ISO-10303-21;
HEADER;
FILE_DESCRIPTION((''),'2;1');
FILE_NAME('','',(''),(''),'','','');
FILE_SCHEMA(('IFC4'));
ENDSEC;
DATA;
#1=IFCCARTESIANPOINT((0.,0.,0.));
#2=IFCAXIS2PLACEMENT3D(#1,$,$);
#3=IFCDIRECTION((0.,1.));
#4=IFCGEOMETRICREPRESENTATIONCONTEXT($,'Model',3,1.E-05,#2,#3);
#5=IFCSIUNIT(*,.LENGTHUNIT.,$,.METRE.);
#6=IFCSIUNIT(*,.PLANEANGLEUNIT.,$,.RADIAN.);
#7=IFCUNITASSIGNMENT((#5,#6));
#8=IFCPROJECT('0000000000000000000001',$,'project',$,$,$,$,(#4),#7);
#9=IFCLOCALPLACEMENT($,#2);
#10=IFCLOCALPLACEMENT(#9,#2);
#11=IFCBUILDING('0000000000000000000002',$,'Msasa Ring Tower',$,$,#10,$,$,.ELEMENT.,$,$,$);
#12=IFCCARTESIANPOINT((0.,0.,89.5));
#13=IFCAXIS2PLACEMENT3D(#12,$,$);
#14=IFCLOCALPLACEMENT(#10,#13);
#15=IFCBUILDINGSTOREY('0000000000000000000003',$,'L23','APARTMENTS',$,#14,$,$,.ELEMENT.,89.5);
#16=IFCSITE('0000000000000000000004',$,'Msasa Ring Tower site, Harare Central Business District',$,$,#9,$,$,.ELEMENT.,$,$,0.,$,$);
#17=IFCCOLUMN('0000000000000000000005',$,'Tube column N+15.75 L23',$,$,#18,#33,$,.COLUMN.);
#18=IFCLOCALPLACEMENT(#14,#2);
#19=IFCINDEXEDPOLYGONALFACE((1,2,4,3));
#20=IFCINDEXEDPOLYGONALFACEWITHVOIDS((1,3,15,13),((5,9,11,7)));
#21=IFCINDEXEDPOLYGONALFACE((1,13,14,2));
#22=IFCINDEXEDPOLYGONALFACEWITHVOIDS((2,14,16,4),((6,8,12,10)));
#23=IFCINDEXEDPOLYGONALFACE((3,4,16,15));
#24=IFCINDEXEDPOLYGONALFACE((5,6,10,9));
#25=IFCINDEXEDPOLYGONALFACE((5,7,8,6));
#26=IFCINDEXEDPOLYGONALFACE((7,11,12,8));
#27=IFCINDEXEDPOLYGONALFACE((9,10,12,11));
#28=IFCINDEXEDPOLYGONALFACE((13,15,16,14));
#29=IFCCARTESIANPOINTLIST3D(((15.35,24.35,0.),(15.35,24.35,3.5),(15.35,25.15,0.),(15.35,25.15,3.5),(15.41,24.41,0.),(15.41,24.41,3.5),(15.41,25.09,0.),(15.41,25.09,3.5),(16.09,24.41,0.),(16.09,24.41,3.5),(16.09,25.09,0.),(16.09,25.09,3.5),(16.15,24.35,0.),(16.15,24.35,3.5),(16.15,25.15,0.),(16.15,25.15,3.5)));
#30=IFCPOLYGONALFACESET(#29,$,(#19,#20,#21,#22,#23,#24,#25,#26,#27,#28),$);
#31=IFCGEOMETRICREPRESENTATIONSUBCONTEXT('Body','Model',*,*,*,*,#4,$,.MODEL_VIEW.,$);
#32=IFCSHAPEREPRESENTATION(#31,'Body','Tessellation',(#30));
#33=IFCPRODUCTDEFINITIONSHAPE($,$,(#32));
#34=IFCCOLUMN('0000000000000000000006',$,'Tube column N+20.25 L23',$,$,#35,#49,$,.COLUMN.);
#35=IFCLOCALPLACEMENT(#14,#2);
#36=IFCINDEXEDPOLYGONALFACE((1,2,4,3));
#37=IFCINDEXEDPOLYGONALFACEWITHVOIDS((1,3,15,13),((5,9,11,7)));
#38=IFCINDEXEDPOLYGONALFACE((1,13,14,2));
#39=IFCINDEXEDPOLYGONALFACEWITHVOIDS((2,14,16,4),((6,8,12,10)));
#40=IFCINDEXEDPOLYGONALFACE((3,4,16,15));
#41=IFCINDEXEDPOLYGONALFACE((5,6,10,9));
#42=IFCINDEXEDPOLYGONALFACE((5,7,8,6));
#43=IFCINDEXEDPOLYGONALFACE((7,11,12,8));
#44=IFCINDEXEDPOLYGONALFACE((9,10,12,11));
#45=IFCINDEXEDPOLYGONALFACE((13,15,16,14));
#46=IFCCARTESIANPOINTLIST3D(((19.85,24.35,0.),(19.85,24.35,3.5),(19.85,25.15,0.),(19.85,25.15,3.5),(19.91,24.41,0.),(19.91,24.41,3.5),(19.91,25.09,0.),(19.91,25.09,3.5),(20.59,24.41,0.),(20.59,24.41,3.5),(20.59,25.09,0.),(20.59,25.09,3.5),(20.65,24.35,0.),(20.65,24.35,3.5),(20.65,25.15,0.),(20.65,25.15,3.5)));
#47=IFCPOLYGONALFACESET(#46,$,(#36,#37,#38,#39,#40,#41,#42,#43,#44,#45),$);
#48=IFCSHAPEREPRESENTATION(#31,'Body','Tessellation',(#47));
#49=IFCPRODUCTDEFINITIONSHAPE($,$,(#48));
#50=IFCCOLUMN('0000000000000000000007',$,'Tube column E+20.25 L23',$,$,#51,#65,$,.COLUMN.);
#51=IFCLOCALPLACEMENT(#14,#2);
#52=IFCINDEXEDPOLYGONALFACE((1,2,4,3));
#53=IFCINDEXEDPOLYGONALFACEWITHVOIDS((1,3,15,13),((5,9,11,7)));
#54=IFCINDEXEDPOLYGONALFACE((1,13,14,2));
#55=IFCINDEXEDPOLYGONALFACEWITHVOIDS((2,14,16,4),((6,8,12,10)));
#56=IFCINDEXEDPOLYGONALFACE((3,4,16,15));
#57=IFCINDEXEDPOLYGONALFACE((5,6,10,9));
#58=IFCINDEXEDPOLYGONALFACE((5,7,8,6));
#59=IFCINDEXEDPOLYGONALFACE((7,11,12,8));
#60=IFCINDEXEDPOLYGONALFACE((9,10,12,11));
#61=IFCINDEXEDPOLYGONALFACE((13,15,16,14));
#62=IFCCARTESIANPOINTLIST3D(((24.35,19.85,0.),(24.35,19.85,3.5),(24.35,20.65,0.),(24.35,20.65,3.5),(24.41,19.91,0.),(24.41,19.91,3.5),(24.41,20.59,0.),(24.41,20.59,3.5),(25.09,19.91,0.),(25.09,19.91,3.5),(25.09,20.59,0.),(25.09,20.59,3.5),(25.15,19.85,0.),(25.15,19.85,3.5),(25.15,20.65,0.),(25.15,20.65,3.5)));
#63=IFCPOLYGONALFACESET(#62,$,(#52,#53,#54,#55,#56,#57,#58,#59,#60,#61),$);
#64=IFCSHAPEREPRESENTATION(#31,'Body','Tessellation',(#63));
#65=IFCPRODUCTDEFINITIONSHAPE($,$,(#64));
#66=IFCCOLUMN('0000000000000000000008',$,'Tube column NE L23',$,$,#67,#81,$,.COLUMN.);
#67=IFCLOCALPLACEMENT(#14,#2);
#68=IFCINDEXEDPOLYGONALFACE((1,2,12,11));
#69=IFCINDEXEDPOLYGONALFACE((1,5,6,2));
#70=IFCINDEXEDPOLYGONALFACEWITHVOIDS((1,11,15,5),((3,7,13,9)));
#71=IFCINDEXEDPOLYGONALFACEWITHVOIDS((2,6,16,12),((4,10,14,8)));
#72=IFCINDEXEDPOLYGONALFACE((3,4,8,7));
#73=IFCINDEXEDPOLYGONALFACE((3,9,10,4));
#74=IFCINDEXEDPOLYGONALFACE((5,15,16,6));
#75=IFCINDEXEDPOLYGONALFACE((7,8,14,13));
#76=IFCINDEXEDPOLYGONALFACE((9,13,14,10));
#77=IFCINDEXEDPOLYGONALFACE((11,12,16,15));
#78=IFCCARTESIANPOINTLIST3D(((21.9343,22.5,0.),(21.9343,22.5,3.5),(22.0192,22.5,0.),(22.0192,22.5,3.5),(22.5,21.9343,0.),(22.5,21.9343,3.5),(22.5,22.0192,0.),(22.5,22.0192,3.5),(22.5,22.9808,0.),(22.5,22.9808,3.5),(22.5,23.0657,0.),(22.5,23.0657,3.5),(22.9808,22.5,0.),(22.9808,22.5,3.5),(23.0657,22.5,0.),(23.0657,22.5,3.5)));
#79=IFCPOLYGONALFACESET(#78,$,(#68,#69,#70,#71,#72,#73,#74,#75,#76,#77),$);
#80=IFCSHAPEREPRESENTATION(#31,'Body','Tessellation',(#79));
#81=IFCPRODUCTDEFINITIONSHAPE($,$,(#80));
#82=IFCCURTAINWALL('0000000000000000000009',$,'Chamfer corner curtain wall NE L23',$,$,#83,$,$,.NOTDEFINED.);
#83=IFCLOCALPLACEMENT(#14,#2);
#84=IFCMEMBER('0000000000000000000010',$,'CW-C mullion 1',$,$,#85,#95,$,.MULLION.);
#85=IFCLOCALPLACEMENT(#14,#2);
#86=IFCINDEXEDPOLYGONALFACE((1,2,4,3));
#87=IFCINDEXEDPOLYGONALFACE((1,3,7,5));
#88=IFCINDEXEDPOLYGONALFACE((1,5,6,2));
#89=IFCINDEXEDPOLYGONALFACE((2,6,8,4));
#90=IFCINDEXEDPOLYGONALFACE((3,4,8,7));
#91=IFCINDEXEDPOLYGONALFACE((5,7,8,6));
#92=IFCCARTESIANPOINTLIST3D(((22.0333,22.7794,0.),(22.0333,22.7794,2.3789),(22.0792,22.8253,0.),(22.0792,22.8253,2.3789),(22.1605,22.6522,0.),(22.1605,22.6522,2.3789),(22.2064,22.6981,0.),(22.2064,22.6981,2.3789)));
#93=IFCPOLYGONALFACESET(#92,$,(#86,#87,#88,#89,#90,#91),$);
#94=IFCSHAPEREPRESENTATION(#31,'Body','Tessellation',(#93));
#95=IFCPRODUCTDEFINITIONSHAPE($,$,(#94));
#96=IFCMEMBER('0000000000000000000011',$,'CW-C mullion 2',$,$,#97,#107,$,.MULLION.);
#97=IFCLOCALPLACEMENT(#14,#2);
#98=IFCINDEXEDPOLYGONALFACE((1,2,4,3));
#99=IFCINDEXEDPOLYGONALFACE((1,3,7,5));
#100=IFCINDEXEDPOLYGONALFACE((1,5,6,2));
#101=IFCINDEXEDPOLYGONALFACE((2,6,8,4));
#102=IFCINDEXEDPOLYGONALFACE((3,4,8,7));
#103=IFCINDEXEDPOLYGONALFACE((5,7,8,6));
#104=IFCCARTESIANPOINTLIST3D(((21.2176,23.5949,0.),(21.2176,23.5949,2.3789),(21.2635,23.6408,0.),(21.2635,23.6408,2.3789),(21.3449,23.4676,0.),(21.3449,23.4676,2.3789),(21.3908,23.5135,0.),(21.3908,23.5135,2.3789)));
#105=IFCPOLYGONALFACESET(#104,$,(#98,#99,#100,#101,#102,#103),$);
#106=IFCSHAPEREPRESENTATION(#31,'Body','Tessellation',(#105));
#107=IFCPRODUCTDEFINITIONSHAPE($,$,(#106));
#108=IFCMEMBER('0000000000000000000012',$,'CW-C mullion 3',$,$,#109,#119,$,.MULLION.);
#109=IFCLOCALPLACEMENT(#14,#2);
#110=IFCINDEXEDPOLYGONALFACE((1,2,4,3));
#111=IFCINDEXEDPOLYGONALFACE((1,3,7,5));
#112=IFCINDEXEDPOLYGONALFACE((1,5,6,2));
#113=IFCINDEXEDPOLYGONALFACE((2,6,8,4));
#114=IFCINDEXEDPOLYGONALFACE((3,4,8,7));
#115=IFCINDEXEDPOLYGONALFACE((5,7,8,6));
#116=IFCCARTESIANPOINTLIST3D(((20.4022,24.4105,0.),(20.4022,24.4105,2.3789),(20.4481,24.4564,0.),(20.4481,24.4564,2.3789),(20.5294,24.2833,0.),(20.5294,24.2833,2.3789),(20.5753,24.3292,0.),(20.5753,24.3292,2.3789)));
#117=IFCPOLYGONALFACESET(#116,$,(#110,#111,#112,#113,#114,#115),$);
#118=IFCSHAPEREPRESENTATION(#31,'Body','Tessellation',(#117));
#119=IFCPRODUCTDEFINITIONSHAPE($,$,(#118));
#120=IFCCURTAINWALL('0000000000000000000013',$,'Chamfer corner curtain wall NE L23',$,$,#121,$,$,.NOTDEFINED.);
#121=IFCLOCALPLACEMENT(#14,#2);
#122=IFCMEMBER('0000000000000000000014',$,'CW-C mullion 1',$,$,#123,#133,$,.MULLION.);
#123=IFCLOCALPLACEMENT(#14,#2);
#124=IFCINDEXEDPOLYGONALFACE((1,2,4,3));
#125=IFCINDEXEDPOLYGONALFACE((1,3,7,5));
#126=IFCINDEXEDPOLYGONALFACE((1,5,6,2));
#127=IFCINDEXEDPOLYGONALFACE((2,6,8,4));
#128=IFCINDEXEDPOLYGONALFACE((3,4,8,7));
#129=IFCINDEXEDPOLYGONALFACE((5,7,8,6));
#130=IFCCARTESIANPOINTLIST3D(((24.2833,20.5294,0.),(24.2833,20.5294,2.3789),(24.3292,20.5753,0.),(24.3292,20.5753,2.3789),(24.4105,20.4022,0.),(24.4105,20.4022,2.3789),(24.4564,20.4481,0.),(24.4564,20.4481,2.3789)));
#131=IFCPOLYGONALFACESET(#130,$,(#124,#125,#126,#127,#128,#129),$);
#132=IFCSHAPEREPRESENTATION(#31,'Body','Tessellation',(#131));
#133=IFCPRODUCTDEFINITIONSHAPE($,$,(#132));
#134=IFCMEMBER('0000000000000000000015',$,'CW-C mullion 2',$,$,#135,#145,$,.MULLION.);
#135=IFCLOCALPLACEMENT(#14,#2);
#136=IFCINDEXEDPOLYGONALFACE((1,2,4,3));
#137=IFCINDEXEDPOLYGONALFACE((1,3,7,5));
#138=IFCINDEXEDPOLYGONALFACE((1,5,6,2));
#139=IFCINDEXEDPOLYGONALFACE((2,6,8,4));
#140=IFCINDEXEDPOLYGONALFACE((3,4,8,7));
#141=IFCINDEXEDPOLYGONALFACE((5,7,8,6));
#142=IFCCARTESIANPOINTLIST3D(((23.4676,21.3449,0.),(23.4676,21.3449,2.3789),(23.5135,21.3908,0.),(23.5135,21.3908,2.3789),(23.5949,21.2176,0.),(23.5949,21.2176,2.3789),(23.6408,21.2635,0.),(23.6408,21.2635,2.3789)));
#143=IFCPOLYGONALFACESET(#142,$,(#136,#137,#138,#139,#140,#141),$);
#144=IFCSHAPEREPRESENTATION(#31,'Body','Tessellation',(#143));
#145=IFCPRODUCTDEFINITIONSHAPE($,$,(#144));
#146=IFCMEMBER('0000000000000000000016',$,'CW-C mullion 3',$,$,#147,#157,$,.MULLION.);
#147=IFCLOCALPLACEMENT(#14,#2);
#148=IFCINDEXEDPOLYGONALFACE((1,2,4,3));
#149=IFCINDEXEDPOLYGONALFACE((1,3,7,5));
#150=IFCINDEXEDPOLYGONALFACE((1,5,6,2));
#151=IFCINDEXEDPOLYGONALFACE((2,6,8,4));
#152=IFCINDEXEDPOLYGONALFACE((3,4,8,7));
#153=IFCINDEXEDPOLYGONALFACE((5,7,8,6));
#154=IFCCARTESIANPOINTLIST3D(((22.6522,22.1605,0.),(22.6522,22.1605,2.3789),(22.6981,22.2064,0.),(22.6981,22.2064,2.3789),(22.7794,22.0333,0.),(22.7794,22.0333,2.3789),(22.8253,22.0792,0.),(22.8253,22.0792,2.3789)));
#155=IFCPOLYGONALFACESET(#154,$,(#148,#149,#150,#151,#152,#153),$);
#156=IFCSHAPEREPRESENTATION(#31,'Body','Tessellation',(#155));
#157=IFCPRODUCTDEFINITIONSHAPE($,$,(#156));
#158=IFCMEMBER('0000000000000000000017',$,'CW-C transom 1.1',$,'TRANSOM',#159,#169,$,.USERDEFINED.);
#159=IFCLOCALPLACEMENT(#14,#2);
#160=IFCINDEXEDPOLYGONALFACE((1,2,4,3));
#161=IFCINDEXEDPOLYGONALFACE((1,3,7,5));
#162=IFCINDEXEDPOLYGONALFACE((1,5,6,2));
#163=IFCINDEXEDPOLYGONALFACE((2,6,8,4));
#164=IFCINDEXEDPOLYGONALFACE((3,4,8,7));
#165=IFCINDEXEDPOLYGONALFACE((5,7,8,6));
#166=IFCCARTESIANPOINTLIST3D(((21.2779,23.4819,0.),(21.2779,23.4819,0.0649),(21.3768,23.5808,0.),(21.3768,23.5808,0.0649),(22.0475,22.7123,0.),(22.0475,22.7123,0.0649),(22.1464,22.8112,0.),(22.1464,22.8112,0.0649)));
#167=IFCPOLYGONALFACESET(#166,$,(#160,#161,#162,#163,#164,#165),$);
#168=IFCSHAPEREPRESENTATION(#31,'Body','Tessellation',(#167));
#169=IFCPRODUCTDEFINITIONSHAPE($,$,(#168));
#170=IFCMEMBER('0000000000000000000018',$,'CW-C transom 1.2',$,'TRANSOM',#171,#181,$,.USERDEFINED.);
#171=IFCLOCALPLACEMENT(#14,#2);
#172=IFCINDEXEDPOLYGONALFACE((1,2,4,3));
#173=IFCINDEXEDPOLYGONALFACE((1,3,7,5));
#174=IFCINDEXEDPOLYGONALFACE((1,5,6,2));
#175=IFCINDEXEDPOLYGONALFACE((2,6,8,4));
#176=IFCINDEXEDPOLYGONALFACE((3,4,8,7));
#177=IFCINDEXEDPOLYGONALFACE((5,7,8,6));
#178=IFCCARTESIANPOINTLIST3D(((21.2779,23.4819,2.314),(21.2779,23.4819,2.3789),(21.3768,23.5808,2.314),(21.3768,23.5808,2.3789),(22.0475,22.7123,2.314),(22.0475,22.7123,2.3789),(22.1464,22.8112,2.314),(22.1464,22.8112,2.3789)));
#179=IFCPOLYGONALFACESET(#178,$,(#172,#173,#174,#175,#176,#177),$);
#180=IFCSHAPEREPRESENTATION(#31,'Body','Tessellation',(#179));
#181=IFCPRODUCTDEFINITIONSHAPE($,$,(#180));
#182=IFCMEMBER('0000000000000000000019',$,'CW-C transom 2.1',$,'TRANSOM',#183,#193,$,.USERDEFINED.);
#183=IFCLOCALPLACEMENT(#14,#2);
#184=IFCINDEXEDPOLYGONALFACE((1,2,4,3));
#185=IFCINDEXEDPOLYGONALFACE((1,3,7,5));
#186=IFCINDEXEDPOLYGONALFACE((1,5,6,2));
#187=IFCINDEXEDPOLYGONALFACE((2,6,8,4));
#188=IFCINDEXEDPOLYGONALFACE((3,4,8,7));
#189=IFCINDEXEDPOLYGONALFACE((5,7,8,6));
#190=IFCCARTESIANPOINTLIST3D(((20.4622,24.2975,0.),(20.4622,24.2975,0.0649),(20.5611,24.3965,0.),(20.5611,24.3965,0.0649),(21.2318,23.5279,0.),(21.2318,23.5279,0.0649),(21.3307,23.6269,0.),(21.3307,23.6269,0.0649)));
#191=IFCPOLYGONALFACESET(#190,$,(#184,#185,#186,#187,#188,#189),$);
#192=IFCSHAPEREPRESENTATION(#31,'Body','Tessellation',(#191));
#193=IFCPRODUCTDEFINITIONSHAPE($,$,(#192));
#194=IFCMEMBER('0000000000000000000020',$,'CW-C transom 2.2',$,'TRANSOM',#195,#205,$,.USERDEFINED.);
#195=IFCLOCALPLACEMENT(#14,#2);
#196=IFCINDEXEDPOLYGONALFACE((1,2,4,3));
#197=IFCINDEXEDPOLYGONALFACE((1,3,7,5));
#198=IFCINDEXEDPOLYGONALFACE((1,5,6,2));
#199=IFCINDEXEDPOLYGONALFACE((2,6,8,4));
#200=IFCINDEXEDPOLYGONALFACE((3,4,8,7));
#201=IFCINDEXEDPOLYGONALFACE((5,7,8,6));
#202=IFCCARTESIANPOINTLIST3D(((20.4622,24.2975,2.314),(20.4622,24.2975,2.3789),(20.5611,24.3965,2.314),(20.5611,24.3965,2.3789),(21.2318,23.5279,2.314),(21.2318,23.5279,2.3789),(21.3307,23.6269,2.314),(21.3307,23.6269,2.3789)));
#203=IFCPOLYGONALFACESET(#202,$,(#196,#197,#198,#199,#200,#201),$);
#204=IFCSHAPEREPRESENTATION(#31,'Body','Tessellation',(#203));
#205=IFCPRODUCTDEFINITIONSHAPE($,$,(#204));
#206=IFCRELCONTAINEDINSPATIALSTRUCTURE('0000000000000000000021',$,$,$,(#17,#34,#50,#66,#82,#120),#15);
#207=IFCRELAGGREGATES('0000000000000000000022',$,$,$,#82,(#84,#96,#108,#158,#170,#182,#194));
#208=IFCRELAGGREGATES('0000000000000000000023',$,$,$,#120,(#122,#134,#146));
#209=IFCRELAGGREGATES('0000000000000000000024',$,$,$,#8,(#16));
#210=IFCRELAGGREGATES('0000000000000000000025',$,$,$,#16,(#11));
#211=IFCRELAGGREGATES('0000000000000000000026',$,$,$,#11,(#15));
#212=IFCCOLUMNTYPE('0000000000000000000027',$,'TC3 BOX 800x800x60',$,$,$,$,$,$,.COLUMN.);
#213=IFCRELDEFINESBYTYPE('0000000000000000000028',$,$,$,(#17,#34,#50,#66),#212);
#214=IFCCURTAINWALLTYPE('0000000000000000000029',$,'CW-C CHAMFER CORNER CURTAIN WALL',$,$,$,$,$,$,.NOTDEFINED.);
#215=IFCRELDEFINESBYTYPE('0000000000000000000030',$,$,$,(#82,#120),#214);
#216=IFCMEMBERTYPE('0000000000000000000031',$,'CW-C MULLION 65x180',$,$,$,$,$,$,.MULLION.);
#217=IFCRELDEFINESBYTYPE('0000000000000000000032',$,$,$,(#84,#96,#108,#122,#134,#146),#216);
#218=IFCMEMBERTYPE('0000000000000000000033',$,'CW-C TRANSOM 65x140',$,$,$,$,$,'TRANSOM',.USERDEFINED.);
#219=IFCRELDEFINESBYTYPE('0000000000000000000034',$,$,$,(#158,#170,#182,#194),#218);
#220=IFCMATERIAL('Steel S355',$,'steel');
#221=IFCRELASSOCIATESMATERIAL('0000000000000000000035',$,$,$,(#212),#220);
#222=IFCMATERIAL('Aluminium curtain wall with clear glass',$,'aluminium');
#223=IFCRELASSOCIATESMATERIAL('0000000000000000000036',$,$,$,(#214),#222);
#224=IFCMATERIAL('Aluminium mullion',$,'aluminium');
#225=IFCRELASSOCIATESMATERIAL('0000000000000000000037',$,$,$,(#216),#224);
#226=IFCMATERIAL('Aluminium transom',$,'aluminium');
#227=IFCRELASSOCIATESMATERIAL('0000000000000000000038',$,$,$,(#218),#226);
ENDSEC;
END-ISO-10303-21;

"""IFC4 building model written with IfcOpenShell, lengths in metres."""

from ifc_helpers import new_model, si_unit, direction, frame, origin, origin_2d, place, context, subcontext, project, spatial, rectangle, hollow_rectangle, extrude, material, material_profile, profile_set, type_object, element, aggregate, save


model = new_model("IFC4")

# Units and contexts
model_context = context("Model", 3, precision=1e-05, world=origin(), true_north=direction((0.0, 1.0)))
body_context = subcontext(model_context, "Body", "Model", "MODEL_VIEW")
ifc_project = project(units=[si_unit("LENGTHUNIT", "METRE"), si_unit("PLANEANGLEUNIT", "RADIAN")], contexts=[model_context])

# Site, building, storey
site_placement = place(None, origin())
site = spatial("IfcSite", under=ifc_project, at=site_placement, Name="Msasa Ring Tower site, Harare Central Business District", CompositionType="ELEMENT", RefElevation=0.0)
building_placement = place(site_placement, origin())
building = spatial("IfcBuilding", under=site, at=building_placement, Name="Msasa Ring Tower", CompositionType="ELEMENT")
storey_placement = place(building_placement, frame((0.0, 0.0, 89.5)))
storey = spatial("IfcBuildingStorey", under=building, at=storey_placement, Name="L23", Description="APARTMENTS", CompositionType="ELEMENT", Elevation=89.5)

# Columns
ifc_material_1 = material(Name="Steel S355", Category="steel")
ifc_material_profile_1 = material_profile(ifc_material_1, hollow_rectangle(XDim=0.8, YDim=0.8, WallThickness=0.0601, at=origin_2d()), Name="BOX 800x800x60")
ifc_profile_set_1 = profile_set([ifc_material_profile_1], Name="Steel S355")
column_type = type_object("IfcColumnType", Name="TC3 BOX 800x800x60", PredefinedType="COLUMN", material=ifc_profile_set_1)
for number, where, z_axis, x_axis, name in (
    (1, (15.75, 24.75, 0.0), (0.0, 0.0, 1.0), (0.0, 1.0, 0.0), "Tube column N+15.75 L23"),
    (2, (20.25, 24.75, 0.0), (0.0, 0.0, 1.0), (0.0, 1.0, 0.0), "Tube column N+20.25 L23"),
    (3, (24.75, 20.25, 0.0), (0.0, 0.0, 1.0), (1.0, 0.0, 0.0), "Tube column E+20.25 L23"),
    (4, (22.5, 22.5, 0.0), (0.0, 0.0, 1.0), (0.707107, 0.707107, 0.0), "Tube column NE L23"),
):
    element("IfcColumn", number, at=place(storey_placement, frame(where, z_axis=z_axis, x_axis=x_axis)), inside=storey, type_object=column_type, Name=name, PredefinedType="COLUMN", context=body_context, shape_type="SweptSolid", body=[
        extrude(hollow_rectangle(XDim=0.8, YDim=0.8, WallThickness=0.0601, at=origin_2d()), origin(), (0.0, 0.0, 1.0), 3.5),
    ])

# Curtain walls, members
ifc_material_2 = material(Name="Aluminium curtain wall with clear glass", Category="aluminium")
curtain_wall_type = type_object("IfcCurtainWallType", Name="CW-C CHAMFER CORNER CURTAIN WALL", PredefinedType="NOTDEFINED", material=ifc_material_2)
curtain_wall_1_placement = place(storey_placement, origin())
curtain_wall_1 = element("IfcCurtainWall", 5, at=curtain_wall_1_placement, inside=storey, type_object=curtain_wall_type, Name="Chamfer corner curtain wall NE L23", PredefinedType="NOTDEFINED")
ifc_material_3 = material(Name="Aluminium mullion", Category="aluminium")
ifc_material_profile_2 = material_profile(ifc_material_3, rectangle(XDim=0.0649, YDim=0.1799, at=origin_2d()), Name="AL 65x180")
ifc_profile_set_2 = profile_set([ifc_material_profile_2], Name="Aluminium mullion")
member_type_1 = type_object("IfcMemberType", Name="CW-C MULLION 65x180", PredefinedType="MULLION", material=ifc_profile_set_2)
member_1_placement = place(storey_placement, frame((22.1199, 22.7388, 0.0), z_axis=(0.0, 0.0, 1.0), x_axis=(-0.707107, -0.707107, 0.0)))
member_1 = element("IfcMember", 6, at=member_1_placement, type_object=member_type_1, Name="CW-C mullion 1", PredefinedType="MULLION", context=body_context, shape_type="SweptSolid", body=[
    extrude(rectangle(XDim=0.0649, YDim=0.1799, at=origin_2d()), origin(), (0.0, 0.0, 1.0), 2.3789),
])
member_2_placement = place(storey_placement, frame((21.3042, 23.5542, 0.0), z_axis=(0.0, 0.0, 1.0), x_axis=(-0.707107, -0.707107, 0.0)))
member_2 = element("IfcMember", 7, at=member_2_placement, type_object=member_type_1, Name="CW-C mullion 2", PredefinedType="MULLION", context=body_context, shape_type="SweptSolid", body=[
    extrude(rectangle(XDim=0.0649, YDim=0.1799, at=origin_2d()), origin(), (0.0, 0.0, 1.0), 2.3789),
])
member_3_placement = place(storey_placement, frame((20.4888, 24.3699, 0.0), z_axis=(0.0, 0.0, 1.0), x_axis=(-0.707107, -0.707107, 0.0)))
member_3 = element("IfcMember", 8, at=member_3_placement, type_object=member_type_1, Name="CW-C mullion 3", PredefinedType="MULLION", context=body_context, shape_type="SweptSolid", body=[
    extrude(rectangle(XDim=0.0649, YDim=0.1799, at=origin_2d()), origin(), (0.0, 0.0, 1.0), 2.3789),
])
curtain_wall_2_placement = place(storey_placement, origin())
curtain_wall_2 = element("IfcCurtainWall", 9, at=curtain_wall_2_placement, inside=storey, type_object=curtain_wall_type, Name="Chamfer corner curtain wall NE L23", PredefinedType="NOTDEFINED")
member_4_placement = place(storey_placement, frame((24.3699, 20.4888, 0.0), z_axis=(0.0, 0.0, 1.0), x_axis=(-0.707107, -0.707107, 0.0)))
member_4 = element("IfcMember", 10, at=member_4_placement, type_object=member_type_1, Name="CW-C mullion 1", PredefinedType="MULLION", context=body_context, shape_type="SweptSolid", body=[
    extrude(rectangle(XDim=0.0649, YDim=0.1799, at=origin_2d()), origin(), (0.0, 0.0, 1.0), 2.3789),
])
member_5_placement = place(storey_placement, frame((23.5542, 21.3042, 0.0), z_axis=(0.0, 0.0, 1.0), x_axis=(-0.707107, -0.707107, 0.0)))
member_5 = element("IfcMember", 11, at=member_5_placement, type_object=member_type_1, Name="CW-C mullion 2", PredefinedType="MULLION", context=body_context, shape_type="SweptSolid", body=[
    extrude(rectangle(XDim=0.0649, YDim=0.1799, at=origin_2d()), origin(), (0.0, 0.0, 1.0), 2.3789),
])
member_6_placement = place(storey_placement, frame((22.7388, 22.1199, 0.0), z_axis=(0.0, 0.0, 1.0), x_axis=(-0.707107, -0.707107, 0.0)))
member_6 = element("IfcMember", 12, at=member_6_placement, type_object=member_type_1, Name="CW-C mullion 3", PredefinedType="MULLION", context=body_context, shape_type="SweptSolid", body=[
    extrude(rectangle(XDim=0.0649, YDim=0.1799, at=origin_2d()), origin(), (0.0, 0.0, 1.0), 2.3789),
])

# Members
ifc_material_4 = material(Name="Aluminium transom", Category="aluminium")
ifc_material_profile_3 = material_profile(ifc_material_4, rectangle(XDim=0.1399, YDim=0.0649, at=origin_2d()), Name="AL 65x140")
ifc_profile_set_3 = profile_set([ifc_material_profile_3], Name="Aluminium transom")
member_type_2 = type_object("IfcMemberType", Name="CW-C TRANSOM 65x140", ElementType="TRANSOM", PredefinedType="USERDEFINED", material=ifc_profile_set_3)
member_7_placement = place(storey_placement, frame((22.0969, 22.7617, 0.0325), z_axis=(-0.707107, 0.707107, 0.0), x_axis=(-0.707107, -0.707107, 0.0)))
member_7 = element("IfcMember", 13, at=member_7_placement, type_object=member_type_2, Name="CW-C transom 1.1", ObjectType="TRANSOM", PredefinedType="USERDEFINED", context=body_context, shape_type="SweptSolid", body=[
    extrude(rectangle(XDim=0.1399, YDim=0.0649, at=origin_2d()), origin(), (0.0, 0.0, 1.0), 1.0884),
])
member_8_placement = place(storey_placement, frame((22.0969, 22.7617, 2.3464), z_axis=(-0.707107, 0.707107, 0.0), x_axis=(-0.707107, -0.707107, 0.0)))
member_8 = element("IfcMember", 14, at=member_8_placement, type_object=member_type_2, Name="CW-C transom 1.2", ObjectType="TRANSOM", PredefinedType="USERDEFINED", context=body_context, shape_type="SweptSolid", body=[
    extrude(rectangle(XDim=0.1399, YDim=0.0649, at=origin_2d()), origin(), (0.0, 0.0, 1.0), 1.0884),
])
member_9_placement = place(storey_placement, frame((21.2812, 23.5774, 0.0325), z_axis=(-0.707107, 0.707107, 0.0), x_axis=(-0.707107, -0.707107, 0.0)))
member_9 = element("IfcMember", 15, at=member_9_placement, type_object=member_type_2, Name="CW-C transom 2.1", ObjectType="TRANSOM", PredefinedType="USERDEFINED", context=body_context, shape_type="SweptSolid", body=[
    extrude(rectangle(XDim=0.1399, YDim=0.0649, at=origin_2d()), origin(), (0.0, 0.0, 1.0), 1.0884),
])
member_10_placement = place(storey_placement, frame((21.2812, 23.5774, 2.3464), z_axis=(-0.707107, 0.707107, 0.0), x_axis=(-0.707107, -0.707107, 0.0)))
member_10 = element("IfcMember", 16, at=member_10_placement, type_object=member_type_2, Name="CW-C transom 2.2", ObjectType="TRANSOM", PredefinedType="USERDEFINED", context=body_context, shape_type="SweptSolid", body=[
    extrude(rectangle(XDim=0.1399, YDim=0.0649, at=origin_2d()), origin(), (0.0, 0.0, 1.0), 1.0884),
])

aggregate(curtain_wall_1, [member_1, member_2, member_3, member_7, member_8, member_9, member_10])
aggregate(curtain_wall_2, [member_4, member_5, member_6])

save(model, "model.ifc")
